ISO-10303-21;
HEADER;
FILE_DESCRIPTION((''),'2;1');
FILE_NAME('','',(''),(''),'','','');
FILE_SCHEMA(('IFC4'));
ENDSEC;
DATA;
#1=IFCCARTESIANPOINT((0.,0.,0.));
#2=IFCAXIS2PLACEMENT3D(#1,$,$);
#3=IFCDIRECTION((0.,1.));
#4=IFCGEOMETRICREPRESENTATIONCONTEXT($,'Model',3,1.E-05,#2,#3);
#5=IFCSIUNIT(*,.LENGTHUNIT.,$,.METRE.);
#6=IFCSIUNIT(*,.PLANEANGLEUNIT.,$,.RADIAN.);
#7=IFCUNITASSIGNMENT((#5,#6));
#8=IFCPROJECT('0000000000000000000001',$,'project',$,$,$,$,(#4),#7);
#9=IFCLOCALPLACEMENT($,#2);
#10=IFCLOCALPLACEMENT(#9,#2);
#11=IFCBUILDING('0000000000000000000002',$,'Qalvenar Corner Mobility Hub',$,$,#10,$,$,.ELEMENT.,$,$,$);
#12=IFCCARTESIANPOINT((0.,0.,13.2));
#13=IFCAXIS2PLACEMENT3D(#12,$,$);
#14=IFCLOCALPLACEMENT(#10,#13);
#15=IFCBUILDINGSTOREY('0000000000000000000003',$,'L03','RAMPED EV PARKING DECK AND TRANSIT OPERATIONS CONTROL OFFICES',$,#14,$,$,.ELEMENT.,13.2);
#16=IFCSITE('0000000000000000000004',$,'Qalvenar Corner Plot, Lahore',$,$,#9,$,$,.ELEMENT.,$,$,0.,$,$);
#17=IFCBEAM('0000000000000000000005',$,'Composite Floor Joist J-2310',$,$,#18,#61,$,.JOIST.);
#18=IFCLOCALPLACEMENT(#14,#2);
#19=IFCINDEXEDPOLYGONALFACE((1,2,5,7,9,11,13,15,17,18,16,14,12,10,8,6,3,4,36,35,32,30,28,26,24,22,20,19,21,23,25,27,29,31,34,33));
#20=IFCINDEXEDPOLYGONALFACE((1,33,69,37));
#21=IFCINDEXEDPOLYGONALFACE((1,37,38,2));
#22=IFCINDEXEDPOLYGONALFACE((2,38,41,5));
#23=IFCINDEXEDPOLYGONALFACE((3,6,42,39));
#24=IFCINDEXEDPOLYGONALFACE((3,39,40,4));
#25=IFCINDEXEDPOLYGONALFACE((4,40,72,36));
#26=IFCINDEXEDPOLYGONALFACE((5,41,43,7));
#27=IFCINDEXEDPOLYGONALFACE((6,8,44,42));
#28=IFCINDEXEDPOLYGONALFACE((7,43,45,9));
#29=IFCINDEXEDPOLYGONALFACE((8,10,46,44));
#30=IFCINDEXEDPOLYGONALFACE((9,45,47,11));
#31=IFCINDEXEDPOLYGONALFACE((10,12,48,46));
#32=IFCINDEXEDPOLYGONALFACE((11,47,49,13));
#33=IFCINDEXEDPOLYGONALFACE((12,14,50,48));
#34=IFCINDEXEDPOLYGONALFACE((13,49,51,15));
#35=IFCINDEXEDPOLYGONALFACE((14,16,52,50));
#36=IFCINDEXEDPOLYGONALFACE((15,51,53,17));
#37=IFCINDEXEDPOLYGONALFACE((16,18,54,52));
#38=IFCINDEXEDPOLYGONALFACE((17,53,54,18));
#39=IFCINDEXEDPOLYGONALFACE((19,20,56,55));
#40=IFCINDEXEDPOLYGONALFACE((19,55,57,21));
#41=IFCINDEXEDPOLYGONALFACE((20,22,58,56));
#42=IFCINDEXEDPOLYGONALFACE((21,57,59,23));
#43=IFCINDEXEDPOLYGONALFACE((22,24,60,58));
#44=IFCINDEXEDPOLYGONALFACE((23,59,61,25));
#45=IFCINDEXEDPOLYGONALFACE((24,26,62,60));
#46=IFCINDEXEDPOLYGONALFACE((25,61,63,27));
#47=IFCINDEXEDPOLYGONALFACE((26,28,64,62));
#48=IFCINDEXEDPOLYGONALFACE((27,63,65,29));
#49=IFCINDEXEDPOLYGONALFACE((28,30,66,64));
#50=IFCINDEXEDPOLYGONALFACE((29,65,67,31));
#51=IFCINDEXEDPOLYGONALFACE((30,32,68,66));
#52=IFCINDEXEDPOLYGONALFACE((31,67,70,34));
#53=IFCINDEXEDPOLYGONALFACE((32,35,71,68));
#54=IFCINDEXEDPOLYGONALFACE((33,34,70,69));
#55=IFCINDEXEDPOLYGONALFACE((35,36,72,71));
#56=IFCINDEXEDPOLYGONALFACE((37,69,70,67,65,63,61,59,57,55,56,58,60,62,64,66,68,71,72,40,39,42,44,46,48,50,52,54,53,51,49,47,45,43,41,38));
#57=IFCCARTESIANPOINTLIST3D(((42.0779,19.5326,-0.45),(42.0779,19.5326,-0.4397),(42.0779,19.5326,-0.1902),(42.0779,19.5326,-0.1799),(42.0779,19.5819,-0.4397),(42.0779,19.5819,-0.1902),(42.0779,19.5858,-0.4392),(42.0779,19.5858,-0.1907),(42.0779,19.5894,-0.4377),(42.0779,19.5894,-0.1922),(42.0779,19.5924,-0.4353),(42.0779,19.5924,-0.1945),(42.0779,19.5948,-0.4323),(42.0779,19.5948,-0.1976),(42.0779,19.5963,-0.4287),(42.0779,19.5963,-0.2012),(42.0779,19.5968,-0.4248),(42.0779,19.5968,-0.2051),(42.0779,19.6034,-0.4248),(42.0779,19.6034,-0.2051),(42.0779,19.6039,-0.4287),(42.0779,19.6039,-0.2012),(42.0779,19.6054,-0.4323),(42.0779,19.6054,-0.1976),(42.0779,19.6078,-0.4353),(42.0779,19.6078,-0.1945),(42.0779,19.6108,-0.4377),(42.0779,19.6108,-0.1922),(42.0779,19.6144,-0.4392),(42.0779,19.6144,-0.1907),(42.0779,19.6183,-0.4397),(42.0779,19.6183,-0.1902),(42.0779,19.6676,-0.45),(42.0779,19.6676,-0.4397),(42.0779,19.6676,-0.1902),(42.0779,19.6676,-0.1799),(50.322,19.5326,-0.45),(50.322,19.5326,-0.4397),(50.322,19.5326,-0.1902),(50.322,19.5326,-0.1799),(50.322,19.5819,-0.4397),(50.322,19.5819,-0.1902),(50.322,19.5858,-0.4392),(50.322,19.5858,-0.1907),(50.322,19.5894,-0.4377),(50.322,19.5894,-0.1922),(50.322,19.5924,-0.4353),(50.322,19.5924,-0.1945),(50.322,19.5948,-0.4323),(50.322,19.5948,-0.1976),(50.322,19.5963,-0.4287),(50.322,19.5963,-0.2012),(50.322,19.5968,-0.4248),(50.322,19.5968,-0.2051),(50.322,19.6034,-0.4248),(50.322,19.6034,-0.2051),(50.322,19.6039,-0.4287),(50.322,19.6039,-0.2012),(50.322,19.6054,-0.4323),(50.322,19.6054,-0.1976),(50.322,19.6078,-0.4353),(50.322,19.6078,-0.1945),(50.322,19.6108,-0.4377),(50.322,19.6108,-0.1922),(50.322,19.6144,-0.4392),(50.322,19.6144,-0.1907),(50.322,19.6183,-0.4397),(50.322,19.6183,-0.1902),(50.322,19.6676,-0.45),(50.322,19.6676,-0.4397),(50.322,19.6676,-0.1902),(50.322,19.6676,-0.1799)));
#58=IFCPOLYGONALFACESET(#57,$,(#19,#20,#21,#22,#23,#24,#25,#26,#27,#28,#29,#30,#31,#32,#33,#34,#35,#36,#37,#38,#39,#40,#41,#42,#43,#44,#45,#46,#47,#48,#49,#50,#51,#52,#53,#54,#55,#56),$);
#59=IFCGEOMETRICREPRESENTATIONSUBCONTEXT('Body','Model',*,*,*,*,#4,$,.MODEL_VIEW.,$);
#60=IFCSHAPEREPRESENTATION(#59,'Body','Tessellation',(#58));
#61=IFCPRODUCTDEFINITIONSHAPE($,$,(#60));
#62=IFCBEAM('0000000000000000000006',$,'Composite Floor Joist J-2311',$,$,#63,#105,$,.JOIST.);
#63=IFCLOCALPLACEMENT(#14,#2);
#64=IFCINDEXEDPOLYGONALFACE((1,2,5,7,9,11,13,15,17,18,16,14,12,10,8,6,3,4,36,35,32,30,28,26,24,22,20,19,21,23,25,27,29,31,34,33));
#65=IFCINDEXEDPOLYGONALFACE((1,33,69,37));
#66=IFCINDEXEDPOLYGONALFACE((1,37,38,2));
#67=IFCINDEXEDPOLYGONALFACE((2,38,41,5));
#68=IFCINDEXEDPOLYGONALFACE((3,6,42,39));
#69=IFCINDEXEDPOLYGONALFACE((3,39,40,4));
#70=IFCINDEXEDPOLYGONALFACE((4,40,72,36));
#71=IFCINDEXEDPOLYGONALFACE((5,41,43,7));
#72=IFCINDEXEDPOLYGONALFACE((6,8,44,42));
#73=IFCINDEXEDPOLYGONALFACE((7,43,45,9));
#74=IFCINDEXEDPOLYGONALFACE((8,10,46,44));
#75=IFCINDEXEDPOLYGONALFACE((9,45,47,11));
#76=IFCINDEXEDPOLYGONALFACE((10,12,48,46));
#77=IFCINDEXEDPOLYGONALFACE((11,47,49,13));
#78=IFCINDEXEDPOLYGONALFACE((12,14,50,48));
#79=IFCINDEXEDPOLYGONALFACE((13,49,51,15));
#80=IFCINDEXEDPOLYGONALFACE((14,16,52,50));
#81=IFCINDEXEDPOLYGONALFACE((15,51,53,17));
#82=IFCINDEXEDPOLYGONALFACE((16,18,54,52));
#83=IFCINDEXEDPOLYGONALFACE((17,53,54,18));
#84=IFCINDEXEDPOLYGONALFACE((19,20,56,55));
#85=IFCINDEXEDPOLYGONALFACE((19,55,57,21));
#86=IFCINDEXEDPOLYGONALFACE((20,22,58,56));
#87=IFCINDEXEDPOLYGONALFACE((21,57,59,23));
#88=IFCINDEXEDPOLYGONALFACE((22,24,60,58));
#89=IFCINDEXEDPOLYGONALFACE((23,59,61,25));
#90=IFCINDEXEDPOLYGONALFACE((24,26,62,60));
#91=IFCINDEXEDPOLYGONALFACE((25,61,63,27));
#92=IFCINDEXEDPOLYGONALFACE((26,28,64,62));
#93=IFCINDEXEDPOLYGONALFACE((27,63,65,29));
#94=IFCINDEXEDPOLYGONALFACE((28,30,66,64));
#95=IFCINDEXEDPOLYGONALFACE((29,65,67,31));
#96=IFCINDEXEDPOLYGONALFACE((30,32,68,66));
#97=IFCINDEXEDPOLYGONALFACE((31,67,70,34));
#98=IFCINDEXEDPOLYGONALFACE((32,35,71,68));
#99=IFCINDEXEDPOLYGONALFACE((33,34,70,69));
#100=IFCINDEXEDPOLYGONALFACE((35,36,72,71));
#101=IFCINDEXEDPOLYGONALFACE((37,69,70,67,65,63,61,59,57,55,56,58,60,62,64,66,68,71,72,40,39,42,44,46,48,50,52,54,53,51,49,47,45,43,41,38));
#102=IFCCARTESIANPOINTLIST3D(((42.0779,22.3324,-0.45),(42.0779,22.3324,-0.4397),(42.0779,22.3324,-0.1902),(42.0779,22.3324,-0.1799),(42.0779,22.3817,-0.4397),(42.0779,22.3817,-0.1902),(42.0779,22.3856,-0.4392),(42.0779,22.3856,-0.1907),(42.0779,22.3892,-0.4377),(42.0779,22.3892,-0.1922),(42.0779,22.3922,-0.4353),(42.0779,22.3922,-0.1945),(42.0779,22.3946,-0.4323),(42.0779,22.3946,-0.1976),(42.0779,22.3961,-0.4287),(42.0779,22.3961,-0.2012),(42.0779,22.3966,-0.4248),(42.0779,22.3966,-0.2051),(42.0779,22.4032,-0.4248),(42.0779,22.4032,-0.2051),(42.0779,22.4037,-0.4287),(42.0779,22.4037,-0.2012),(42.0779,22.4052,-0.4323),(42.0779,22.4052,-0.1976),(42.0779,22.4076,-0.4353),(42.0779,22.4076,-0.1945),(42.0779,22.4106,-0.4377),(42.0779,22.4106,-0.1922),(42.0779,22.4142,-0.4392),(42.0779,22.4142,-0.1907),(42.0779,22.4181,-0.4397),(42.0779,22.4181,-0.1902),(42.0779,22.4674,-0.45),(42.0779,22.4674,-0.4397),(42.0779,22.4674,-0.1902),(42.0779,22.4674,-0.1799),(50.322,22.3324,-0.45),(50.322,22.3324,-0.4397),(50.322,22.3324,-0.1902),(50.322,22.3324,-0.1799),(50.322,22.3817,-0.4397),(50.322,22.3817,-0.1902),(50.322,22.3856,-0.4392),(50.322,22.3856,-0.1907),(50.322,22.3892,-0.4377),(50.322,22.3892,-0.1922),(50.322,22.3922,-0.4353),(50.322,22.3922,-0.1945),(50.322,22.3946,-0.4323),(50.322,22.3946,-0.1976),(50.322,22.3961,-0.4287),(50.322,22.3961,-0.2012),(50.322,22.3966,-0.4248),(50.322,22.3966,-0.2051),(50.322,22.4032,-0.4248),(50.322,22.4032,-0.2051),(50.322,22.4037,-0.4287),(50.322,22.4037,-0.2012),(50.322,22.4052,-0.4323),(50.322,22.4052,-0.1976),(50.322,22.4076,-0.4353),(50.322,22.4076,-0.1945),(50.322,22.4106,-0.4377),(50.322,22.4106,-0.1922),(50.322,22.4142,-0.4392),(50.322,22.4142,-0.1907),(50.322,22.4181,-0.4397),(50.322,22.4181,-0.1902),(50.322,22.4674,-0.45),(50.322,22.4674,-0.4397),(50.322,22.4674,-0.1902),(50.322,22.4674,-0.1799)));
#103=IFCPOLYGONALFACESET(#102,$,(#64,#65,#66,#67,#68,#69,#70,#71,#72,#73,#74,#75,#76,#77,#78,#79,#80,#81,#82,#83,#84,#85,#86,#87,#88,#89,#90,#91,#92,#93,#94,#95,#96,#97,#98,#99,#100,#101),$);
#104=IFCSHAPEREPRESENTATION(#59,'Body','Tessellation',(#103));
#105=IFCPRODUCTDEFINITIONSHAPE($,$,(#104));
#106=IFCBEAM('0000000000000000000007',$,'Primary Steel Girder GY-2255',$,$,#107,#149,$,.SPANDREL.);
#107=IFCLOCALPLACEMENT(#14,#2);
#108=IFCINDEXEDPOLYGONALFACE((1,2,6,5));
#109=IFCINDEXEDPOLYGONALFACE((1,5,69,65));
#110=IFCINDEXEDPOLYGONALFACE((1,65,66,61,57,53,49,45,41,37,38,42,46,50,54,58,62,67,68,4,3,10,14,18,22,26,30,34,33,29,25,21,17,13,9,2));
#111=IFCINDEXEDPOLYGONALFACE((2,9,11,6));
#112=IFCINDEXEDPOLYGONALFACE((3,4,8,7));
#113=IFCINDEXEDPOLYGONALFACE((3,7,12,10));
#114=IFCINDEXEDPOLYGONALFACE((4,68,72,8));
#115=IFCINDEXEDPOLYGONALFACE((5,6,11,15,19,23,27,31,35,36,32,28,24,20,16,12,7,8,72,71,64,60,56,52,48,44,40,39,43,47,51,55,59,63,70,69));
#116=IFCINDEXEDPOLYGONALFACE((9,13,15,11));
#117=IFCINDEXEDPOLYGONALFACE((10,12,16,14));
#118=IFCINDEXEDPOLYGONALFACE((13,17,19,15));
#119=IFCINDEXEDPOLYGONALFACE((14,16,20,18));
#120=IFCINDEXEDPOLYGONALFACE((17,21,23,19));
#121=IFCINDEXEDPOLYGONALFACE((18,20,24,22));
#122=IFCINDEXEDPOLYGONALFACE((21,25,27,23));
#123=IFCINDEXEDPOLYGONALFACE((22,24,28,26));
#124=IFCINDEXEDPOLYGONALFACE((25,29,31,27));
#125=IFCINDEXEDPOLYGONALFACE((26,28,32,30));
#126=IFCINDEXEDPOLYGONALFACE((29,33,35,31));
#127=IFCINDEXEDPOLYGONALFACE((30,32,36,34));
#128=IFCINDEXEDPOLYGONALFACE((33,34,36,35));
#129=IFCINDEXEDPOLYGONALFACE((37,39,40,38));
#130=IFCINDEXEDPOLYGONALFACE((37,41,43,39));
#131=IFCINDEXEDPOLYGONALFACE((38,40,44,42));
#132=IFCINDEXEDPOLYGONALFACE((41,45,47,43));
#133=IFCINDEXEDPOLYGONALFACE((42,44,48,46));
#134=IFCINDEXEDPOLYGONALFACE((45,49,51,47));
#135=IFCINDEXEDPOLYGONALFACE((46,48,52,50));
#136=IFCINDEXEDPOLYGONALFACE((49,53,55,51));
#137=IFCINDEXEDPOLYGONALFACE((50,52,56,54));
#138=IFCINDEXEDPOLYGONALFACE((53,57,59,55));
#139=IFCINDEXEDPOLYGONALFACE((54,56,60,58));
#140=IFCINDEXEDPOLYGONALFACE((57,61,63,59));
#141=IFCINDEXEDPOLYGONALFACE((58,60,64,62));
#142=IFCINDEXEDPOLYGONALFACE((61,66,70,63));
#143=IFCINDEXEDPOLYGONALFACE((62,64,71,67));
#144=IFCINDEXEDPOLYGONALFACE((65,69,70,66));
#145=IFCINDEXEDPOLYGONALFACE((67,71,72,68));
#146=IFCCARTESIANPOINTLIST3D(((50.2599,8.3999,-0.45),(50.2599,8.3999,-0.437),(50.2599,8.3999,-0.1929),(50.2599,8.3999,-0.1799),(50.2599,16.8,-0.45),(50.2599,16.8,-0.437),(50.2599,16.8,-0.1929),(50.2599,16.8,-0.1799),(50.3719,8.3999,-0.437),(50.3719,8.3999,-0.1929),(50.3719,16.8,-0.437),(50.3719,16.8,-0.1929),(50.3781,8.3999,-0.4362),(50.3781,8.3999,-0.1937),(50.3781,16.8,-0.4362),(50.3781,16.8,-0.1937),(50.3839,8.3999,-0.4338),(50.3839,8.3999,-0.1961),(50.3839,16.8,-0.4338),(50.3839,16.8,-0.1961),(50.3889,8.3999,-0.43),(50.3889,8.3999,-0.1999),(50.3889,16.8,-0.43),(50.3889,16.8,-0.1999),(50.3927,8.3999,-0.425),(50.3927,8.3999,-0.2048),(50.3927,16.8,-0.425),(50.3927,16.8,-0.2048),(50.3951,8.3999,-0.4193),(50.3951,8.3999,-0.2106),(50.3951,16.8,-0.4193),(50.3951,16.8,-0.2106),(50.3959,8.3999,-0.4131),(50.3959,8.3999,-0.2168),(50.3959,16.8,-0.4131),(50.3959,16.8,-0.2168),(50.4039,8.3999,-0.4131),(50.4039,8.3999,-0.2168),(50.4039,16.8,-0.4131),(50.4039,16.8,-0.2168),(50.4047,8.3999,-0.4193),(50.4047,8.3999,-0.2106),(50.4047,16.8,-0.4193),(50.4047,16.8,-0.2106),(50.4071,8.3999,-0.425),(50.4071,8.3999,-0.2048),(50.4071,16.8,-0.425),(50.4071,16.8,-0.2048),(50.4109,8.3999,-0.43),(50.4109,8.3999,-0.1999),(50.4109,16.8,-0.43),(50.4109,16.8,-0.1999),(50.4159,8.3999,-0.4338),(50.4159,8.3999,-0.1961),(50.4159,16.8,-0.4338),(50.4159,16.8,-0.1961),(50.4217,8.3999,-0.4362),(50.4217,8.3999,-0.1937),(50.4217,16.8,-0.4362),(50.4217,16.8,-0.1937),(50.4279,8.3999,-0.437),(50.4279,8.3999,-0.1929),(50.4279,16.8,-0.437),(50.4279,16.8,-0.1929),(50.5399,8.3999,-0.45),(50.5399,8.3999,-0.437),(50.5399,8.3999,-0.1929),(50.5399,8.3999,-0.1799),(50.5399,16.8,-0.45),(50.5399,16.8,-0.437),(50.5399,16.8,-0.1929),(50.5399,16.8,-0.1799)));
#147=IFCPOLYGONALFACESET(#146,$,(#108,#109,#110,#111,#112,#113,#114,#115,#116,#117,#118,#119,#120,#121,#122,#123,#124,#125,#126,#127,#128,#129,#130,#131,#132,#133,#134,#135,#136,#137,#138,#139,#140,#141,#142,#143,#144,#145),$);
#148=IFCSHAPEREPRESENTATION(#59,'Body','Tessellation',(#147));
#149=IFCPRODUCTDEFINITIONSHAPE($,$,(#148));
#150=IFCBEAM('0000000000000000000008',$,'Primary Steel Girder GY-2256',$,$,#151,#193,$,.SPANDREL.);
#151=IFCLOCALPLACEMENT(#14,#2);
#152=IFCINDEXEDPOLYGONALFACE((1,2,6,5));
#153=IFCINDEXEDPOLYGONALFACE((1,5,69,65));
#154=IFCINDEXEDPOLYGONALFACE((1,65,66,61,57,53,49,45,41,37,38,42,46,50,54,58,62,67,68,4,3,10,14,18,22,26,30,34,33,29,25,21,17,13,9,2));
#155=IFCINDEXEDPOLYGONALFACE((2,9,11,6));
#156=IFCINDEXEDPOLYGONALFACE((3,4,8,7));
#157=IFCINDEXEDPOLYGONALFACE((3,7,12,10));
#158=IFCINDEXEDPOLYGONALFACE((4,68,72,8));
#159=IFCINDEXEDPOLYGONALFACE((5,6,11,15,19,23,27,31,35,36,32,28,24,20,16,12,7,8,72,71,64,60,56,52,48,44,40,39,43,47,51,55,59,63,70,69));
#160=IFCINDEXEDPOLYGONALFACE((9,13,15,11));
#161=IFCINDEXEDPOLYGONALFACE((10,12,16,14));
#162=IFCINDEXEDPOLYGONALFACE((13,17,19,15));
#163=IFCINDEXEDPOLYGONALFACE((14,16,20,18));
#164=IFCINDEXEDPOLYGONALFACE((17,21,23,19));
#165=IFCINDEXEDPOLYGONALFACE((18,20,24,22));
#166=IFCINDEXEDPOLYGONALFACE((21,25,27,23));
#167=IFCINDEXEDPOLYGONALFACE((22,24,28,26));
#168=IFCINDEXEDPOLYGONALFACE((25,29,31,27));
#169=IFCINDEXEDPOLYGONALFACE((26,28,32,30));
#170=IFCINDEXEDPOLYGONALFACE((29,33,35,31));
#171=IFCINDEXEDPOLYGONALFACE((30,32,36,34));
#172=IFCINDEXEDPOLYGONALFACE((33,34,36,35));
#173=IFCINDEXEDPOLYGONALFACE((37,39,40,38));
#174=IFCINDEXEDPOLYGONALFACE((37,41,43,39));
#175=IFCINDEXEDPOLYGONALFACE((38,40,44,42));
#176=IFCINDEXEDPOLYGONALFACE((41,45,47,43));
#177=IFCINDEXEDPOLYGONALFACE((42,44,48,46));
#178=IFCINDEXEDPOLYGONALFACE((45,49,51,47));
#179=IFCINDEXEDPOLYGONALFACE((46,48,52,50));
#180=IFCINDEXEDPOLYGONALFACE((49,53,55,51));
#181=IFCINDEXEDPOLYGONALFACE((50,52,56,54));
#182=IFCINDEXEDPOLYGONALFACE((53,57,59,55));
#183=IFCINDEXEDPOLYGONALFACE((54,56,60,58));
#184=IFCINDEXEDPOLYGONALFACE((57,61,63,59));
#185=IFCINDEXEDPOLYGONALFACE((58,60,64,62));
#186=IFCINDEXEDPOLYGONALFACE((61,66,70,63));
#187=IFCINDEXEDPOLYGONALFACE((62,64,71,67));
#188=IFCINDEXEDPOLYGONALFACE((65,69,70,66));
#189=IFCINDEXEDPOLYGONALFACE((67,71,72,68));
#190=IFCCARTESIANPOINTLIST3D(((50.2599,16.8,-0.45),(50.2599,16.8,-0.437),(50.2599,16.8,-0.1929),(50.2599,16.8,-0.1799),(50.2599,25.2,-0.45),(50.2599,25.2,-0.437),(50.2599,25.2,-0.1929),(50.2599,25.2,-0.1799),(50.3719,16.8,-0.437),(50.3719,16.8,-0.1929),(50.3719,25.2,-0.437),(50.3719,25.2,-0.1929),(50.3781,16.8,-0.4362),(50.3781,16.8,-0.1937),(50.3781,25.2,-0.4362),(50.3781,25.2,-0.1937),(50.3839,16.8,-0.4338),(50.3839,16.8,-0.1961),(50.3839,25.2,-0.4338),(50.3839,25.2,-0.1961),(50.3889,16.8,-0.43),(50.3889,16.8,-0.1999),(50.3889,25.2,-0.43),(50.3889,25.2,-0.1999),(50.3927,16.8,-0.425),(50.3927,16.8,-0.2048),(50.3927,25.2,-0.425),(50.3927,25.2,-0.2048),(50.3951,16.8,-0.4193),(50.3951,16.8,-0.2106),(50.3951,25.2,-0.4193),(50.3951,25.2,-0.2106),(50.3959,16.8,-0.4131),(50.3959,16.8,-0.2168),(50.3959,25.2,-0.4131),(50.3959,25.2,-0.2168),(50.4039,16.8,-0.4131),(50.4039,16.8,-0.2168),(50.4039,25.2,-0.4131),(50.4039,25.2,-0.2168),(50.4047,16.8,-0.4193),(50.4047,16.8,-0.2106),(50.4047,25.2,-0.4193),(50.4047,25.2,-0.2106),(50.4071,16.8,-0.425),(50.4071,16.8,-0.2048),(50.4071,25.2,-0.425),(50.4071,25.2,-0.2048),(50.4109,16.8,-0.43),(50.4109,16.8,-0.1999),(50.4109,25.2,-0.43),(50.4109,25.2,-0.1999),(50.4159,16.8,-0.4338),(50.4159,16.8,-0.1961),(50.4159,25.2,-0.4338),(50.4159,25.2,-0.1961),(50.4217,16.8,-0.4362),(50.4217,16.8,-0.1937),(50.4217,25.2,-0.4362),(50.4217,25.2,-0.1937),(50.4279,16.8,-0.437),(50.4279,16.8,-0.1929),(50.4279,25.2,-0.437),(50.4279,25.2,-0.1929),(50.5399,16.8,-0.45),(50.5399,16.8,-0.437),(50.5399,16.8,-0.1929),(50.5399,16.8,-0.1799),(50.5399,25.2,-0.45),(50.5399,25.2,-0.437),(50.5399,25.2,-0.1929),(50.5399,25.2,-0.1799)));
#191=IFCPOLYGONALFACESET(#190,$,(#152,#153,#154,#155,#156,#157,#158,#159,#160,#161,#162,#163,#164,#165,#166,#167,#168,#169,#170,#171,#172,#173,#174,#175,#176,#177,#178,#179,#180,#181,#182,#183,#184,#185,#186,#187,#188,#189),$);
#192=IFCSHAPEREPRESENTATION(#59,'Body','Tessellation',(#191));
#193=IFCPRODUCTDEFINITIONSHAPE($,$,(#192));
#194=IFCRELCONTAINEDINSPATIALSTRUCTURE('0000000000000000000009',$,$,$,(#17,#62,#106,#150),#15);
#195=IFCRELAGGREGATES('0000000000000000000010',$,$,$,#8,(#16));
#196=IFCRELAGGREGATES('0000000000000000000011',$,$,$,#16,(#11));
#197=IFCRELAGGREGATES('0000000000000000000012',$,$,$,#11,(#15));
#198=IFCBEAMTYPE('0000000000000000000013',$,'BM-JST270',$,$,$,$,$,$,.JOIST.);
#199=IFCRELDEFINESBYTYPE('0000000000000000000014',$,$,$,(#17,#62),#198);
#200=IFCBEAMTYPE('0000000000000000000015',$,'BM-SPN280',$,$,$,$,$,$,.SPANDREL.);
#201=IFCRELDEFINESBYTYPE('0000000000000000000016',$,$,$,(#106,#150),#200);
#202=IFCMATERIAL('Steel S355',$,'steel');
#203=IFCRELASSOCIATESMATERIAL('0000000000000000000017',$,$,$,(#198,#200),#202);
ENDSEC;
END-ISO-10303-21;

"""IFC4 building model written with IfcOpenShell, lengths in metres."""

from ifc_helpers import new_model, si_unit, direction, frame, origin, origin_2d, place, context, subcontext, project, spatial, i_section, extrude, material, material_profile, profile_set, type_object, element, save


model = new_model("IFC4")

# Units and contexts
model_context = context("Model", 3, precision=1e-05, world=origin(), true_north=direction((0.0, 1.0)))
body_context = subcontext(model_context, "Body", "Model", "MODEL_VIEW")
ifc_project = project(units=[si_unit("LENGTHUNIT", "METRE"), si_unit("PLANEANGLEUNIT", "RADIAN")], contexts=[model_context])

# Site, building, storey
site_placement = place(None, origin())
site = spatial("IfcSite", under=ifc_project, at=site_placement, Name="Qalvenar Corner Plot, Lahore", CompositionType="ELEMENT", RefElevation=0.0)
building_placement = place(site_placement, origin())
building = spatial("IfcBuilding", under=site, at=building_placement, Name="Qalvenar Corner Mobility Hub", CompositionType="ELEMENT")
storey_placement = place(building_placement, frame((0.0, 0.0, 13.2)))
storey = spatial("IfcBuildingStorey", under=building, at=storey_placement, Name="L03", Description="RAMPED EV PARKING DECK AND TRANSIT OPERATIONS CONTROL OFFICES", CompositionType="ELEMENT", Elevation=13.2)

# Shared definitions
ifc_material_1 = material(Name="Steel S355", Category="steel")

# Beams
ifc_material_profile_1 = material_profile(ifc_material_1, i_section(OverallWidth=0.135, OverallDepth=0.27, WebThickness=0.0066, FlangeThickness=0.0103, FilletRadius=0.0149, at=origin_2d()), Name="IPE270")
ifc_profile_set_1 = profile_set([ifc_material_profile_1], Name="Steel S355")
beam_type_1 = type_object("IfcBeamType", Name="BM-JST270", PredefinedType="JOIST", material=ifc_profile_set_1)
for number, where, z_axis, x_axis, name in (
    (1, (42.0779, 19.6001, -0.3149), (1.0, 0.0, 0.0), (0.0, 1.0, 0.0), "Composite Floor Joist J-2310"),
    (2, (42.0779, 22.3999, -0.3149), (1.0, 0.0, 0.0), (0.0, 1.0, 0.0), "Composite Floor Joist J-2311"),
):
    element("IfcBeam", number, at=place(storey_placement, frame(where, z_axis=z_axis, x_axis=x_axis)), inside=storey, type_object=beam_type_1, Name=name, PredefinedType="JOIST", context=body_context, shape_type="SweptSolid", body=[
        extrude(i_section(OverallWidth=0.135, OverallDepth=0.27, WebThickness=0.0066, FlangeThickness=0.0103, FilletRadius=0.0149, at=origin_2d()), origin(), (0.0, 0.0, 1.0), 8.2441),
    ])
ifc_material_profile_2 = material_profile(ifc_material_1, i_section(OverallWidth=0.28, OverallDepth=0.27, WebThickness=0.0081, FlangeThickness=0.0129, FilletRadius=0.0239, at=origin_2d()), Name="HEA280")
ifc_profile_set_2 = profile_set([ifc_material_profile_2], Name="Steel S355")
beam_type_2 = type_object("IfcBeamType", Name="BM-SPN280", PredefinedType="SPANDREL", material=ifc_profile_set_2)
beam_1_placement = place(storey_placement, frame((50.3999, 8.3999, -0.3149), z_axis=(0.0, 1.0, 0.0), x_axis=(-1.0, 0.0, 0.0)))
element("IfcBeam", 3, at=beam_1_placement, inside=storey, type_object=beam_type_2, Name="Primary Steel Girder GY-2255", PredefinedType="SPANDREL", context=body_context, shape_type="SweptSolid", body=[
    extrude(i_section(OverallWidth=0.28, OverallDepth=0.27, WebThickness=0.0081, FlangeThickness=0.0129, FilletRadius=0.0239, at=origin_2d()), origin(), (0.0, 0.0, 1.0), 8.4001),
])
beam_2_placement = place(storey_placement, frame((50.3999, 16.8, -0.3149), z_axis=(0.0, 1.0, 0.0), x_axis=(-1.0, 0.0, 0.0)))
element("IfcBeam", 4, at=beam_2_placement, inside=storey, type_object=beam_type_2, Name="Primary Steel Girder GY-2256", PredefinedType="SPANDREL", context=body_context, shape_type="SweptSolid", body=[
    extrude(i_section(OverallWidth=0.28, OverallDepth=0.27, WebThickness=0.0081, FlangeThickness=0.0129, FilletRadius=0.0239, at=origin_2d()), origin(), (0.0, 0.0, 1.0), 8.3999),
])

save(model, "model.ifc")
